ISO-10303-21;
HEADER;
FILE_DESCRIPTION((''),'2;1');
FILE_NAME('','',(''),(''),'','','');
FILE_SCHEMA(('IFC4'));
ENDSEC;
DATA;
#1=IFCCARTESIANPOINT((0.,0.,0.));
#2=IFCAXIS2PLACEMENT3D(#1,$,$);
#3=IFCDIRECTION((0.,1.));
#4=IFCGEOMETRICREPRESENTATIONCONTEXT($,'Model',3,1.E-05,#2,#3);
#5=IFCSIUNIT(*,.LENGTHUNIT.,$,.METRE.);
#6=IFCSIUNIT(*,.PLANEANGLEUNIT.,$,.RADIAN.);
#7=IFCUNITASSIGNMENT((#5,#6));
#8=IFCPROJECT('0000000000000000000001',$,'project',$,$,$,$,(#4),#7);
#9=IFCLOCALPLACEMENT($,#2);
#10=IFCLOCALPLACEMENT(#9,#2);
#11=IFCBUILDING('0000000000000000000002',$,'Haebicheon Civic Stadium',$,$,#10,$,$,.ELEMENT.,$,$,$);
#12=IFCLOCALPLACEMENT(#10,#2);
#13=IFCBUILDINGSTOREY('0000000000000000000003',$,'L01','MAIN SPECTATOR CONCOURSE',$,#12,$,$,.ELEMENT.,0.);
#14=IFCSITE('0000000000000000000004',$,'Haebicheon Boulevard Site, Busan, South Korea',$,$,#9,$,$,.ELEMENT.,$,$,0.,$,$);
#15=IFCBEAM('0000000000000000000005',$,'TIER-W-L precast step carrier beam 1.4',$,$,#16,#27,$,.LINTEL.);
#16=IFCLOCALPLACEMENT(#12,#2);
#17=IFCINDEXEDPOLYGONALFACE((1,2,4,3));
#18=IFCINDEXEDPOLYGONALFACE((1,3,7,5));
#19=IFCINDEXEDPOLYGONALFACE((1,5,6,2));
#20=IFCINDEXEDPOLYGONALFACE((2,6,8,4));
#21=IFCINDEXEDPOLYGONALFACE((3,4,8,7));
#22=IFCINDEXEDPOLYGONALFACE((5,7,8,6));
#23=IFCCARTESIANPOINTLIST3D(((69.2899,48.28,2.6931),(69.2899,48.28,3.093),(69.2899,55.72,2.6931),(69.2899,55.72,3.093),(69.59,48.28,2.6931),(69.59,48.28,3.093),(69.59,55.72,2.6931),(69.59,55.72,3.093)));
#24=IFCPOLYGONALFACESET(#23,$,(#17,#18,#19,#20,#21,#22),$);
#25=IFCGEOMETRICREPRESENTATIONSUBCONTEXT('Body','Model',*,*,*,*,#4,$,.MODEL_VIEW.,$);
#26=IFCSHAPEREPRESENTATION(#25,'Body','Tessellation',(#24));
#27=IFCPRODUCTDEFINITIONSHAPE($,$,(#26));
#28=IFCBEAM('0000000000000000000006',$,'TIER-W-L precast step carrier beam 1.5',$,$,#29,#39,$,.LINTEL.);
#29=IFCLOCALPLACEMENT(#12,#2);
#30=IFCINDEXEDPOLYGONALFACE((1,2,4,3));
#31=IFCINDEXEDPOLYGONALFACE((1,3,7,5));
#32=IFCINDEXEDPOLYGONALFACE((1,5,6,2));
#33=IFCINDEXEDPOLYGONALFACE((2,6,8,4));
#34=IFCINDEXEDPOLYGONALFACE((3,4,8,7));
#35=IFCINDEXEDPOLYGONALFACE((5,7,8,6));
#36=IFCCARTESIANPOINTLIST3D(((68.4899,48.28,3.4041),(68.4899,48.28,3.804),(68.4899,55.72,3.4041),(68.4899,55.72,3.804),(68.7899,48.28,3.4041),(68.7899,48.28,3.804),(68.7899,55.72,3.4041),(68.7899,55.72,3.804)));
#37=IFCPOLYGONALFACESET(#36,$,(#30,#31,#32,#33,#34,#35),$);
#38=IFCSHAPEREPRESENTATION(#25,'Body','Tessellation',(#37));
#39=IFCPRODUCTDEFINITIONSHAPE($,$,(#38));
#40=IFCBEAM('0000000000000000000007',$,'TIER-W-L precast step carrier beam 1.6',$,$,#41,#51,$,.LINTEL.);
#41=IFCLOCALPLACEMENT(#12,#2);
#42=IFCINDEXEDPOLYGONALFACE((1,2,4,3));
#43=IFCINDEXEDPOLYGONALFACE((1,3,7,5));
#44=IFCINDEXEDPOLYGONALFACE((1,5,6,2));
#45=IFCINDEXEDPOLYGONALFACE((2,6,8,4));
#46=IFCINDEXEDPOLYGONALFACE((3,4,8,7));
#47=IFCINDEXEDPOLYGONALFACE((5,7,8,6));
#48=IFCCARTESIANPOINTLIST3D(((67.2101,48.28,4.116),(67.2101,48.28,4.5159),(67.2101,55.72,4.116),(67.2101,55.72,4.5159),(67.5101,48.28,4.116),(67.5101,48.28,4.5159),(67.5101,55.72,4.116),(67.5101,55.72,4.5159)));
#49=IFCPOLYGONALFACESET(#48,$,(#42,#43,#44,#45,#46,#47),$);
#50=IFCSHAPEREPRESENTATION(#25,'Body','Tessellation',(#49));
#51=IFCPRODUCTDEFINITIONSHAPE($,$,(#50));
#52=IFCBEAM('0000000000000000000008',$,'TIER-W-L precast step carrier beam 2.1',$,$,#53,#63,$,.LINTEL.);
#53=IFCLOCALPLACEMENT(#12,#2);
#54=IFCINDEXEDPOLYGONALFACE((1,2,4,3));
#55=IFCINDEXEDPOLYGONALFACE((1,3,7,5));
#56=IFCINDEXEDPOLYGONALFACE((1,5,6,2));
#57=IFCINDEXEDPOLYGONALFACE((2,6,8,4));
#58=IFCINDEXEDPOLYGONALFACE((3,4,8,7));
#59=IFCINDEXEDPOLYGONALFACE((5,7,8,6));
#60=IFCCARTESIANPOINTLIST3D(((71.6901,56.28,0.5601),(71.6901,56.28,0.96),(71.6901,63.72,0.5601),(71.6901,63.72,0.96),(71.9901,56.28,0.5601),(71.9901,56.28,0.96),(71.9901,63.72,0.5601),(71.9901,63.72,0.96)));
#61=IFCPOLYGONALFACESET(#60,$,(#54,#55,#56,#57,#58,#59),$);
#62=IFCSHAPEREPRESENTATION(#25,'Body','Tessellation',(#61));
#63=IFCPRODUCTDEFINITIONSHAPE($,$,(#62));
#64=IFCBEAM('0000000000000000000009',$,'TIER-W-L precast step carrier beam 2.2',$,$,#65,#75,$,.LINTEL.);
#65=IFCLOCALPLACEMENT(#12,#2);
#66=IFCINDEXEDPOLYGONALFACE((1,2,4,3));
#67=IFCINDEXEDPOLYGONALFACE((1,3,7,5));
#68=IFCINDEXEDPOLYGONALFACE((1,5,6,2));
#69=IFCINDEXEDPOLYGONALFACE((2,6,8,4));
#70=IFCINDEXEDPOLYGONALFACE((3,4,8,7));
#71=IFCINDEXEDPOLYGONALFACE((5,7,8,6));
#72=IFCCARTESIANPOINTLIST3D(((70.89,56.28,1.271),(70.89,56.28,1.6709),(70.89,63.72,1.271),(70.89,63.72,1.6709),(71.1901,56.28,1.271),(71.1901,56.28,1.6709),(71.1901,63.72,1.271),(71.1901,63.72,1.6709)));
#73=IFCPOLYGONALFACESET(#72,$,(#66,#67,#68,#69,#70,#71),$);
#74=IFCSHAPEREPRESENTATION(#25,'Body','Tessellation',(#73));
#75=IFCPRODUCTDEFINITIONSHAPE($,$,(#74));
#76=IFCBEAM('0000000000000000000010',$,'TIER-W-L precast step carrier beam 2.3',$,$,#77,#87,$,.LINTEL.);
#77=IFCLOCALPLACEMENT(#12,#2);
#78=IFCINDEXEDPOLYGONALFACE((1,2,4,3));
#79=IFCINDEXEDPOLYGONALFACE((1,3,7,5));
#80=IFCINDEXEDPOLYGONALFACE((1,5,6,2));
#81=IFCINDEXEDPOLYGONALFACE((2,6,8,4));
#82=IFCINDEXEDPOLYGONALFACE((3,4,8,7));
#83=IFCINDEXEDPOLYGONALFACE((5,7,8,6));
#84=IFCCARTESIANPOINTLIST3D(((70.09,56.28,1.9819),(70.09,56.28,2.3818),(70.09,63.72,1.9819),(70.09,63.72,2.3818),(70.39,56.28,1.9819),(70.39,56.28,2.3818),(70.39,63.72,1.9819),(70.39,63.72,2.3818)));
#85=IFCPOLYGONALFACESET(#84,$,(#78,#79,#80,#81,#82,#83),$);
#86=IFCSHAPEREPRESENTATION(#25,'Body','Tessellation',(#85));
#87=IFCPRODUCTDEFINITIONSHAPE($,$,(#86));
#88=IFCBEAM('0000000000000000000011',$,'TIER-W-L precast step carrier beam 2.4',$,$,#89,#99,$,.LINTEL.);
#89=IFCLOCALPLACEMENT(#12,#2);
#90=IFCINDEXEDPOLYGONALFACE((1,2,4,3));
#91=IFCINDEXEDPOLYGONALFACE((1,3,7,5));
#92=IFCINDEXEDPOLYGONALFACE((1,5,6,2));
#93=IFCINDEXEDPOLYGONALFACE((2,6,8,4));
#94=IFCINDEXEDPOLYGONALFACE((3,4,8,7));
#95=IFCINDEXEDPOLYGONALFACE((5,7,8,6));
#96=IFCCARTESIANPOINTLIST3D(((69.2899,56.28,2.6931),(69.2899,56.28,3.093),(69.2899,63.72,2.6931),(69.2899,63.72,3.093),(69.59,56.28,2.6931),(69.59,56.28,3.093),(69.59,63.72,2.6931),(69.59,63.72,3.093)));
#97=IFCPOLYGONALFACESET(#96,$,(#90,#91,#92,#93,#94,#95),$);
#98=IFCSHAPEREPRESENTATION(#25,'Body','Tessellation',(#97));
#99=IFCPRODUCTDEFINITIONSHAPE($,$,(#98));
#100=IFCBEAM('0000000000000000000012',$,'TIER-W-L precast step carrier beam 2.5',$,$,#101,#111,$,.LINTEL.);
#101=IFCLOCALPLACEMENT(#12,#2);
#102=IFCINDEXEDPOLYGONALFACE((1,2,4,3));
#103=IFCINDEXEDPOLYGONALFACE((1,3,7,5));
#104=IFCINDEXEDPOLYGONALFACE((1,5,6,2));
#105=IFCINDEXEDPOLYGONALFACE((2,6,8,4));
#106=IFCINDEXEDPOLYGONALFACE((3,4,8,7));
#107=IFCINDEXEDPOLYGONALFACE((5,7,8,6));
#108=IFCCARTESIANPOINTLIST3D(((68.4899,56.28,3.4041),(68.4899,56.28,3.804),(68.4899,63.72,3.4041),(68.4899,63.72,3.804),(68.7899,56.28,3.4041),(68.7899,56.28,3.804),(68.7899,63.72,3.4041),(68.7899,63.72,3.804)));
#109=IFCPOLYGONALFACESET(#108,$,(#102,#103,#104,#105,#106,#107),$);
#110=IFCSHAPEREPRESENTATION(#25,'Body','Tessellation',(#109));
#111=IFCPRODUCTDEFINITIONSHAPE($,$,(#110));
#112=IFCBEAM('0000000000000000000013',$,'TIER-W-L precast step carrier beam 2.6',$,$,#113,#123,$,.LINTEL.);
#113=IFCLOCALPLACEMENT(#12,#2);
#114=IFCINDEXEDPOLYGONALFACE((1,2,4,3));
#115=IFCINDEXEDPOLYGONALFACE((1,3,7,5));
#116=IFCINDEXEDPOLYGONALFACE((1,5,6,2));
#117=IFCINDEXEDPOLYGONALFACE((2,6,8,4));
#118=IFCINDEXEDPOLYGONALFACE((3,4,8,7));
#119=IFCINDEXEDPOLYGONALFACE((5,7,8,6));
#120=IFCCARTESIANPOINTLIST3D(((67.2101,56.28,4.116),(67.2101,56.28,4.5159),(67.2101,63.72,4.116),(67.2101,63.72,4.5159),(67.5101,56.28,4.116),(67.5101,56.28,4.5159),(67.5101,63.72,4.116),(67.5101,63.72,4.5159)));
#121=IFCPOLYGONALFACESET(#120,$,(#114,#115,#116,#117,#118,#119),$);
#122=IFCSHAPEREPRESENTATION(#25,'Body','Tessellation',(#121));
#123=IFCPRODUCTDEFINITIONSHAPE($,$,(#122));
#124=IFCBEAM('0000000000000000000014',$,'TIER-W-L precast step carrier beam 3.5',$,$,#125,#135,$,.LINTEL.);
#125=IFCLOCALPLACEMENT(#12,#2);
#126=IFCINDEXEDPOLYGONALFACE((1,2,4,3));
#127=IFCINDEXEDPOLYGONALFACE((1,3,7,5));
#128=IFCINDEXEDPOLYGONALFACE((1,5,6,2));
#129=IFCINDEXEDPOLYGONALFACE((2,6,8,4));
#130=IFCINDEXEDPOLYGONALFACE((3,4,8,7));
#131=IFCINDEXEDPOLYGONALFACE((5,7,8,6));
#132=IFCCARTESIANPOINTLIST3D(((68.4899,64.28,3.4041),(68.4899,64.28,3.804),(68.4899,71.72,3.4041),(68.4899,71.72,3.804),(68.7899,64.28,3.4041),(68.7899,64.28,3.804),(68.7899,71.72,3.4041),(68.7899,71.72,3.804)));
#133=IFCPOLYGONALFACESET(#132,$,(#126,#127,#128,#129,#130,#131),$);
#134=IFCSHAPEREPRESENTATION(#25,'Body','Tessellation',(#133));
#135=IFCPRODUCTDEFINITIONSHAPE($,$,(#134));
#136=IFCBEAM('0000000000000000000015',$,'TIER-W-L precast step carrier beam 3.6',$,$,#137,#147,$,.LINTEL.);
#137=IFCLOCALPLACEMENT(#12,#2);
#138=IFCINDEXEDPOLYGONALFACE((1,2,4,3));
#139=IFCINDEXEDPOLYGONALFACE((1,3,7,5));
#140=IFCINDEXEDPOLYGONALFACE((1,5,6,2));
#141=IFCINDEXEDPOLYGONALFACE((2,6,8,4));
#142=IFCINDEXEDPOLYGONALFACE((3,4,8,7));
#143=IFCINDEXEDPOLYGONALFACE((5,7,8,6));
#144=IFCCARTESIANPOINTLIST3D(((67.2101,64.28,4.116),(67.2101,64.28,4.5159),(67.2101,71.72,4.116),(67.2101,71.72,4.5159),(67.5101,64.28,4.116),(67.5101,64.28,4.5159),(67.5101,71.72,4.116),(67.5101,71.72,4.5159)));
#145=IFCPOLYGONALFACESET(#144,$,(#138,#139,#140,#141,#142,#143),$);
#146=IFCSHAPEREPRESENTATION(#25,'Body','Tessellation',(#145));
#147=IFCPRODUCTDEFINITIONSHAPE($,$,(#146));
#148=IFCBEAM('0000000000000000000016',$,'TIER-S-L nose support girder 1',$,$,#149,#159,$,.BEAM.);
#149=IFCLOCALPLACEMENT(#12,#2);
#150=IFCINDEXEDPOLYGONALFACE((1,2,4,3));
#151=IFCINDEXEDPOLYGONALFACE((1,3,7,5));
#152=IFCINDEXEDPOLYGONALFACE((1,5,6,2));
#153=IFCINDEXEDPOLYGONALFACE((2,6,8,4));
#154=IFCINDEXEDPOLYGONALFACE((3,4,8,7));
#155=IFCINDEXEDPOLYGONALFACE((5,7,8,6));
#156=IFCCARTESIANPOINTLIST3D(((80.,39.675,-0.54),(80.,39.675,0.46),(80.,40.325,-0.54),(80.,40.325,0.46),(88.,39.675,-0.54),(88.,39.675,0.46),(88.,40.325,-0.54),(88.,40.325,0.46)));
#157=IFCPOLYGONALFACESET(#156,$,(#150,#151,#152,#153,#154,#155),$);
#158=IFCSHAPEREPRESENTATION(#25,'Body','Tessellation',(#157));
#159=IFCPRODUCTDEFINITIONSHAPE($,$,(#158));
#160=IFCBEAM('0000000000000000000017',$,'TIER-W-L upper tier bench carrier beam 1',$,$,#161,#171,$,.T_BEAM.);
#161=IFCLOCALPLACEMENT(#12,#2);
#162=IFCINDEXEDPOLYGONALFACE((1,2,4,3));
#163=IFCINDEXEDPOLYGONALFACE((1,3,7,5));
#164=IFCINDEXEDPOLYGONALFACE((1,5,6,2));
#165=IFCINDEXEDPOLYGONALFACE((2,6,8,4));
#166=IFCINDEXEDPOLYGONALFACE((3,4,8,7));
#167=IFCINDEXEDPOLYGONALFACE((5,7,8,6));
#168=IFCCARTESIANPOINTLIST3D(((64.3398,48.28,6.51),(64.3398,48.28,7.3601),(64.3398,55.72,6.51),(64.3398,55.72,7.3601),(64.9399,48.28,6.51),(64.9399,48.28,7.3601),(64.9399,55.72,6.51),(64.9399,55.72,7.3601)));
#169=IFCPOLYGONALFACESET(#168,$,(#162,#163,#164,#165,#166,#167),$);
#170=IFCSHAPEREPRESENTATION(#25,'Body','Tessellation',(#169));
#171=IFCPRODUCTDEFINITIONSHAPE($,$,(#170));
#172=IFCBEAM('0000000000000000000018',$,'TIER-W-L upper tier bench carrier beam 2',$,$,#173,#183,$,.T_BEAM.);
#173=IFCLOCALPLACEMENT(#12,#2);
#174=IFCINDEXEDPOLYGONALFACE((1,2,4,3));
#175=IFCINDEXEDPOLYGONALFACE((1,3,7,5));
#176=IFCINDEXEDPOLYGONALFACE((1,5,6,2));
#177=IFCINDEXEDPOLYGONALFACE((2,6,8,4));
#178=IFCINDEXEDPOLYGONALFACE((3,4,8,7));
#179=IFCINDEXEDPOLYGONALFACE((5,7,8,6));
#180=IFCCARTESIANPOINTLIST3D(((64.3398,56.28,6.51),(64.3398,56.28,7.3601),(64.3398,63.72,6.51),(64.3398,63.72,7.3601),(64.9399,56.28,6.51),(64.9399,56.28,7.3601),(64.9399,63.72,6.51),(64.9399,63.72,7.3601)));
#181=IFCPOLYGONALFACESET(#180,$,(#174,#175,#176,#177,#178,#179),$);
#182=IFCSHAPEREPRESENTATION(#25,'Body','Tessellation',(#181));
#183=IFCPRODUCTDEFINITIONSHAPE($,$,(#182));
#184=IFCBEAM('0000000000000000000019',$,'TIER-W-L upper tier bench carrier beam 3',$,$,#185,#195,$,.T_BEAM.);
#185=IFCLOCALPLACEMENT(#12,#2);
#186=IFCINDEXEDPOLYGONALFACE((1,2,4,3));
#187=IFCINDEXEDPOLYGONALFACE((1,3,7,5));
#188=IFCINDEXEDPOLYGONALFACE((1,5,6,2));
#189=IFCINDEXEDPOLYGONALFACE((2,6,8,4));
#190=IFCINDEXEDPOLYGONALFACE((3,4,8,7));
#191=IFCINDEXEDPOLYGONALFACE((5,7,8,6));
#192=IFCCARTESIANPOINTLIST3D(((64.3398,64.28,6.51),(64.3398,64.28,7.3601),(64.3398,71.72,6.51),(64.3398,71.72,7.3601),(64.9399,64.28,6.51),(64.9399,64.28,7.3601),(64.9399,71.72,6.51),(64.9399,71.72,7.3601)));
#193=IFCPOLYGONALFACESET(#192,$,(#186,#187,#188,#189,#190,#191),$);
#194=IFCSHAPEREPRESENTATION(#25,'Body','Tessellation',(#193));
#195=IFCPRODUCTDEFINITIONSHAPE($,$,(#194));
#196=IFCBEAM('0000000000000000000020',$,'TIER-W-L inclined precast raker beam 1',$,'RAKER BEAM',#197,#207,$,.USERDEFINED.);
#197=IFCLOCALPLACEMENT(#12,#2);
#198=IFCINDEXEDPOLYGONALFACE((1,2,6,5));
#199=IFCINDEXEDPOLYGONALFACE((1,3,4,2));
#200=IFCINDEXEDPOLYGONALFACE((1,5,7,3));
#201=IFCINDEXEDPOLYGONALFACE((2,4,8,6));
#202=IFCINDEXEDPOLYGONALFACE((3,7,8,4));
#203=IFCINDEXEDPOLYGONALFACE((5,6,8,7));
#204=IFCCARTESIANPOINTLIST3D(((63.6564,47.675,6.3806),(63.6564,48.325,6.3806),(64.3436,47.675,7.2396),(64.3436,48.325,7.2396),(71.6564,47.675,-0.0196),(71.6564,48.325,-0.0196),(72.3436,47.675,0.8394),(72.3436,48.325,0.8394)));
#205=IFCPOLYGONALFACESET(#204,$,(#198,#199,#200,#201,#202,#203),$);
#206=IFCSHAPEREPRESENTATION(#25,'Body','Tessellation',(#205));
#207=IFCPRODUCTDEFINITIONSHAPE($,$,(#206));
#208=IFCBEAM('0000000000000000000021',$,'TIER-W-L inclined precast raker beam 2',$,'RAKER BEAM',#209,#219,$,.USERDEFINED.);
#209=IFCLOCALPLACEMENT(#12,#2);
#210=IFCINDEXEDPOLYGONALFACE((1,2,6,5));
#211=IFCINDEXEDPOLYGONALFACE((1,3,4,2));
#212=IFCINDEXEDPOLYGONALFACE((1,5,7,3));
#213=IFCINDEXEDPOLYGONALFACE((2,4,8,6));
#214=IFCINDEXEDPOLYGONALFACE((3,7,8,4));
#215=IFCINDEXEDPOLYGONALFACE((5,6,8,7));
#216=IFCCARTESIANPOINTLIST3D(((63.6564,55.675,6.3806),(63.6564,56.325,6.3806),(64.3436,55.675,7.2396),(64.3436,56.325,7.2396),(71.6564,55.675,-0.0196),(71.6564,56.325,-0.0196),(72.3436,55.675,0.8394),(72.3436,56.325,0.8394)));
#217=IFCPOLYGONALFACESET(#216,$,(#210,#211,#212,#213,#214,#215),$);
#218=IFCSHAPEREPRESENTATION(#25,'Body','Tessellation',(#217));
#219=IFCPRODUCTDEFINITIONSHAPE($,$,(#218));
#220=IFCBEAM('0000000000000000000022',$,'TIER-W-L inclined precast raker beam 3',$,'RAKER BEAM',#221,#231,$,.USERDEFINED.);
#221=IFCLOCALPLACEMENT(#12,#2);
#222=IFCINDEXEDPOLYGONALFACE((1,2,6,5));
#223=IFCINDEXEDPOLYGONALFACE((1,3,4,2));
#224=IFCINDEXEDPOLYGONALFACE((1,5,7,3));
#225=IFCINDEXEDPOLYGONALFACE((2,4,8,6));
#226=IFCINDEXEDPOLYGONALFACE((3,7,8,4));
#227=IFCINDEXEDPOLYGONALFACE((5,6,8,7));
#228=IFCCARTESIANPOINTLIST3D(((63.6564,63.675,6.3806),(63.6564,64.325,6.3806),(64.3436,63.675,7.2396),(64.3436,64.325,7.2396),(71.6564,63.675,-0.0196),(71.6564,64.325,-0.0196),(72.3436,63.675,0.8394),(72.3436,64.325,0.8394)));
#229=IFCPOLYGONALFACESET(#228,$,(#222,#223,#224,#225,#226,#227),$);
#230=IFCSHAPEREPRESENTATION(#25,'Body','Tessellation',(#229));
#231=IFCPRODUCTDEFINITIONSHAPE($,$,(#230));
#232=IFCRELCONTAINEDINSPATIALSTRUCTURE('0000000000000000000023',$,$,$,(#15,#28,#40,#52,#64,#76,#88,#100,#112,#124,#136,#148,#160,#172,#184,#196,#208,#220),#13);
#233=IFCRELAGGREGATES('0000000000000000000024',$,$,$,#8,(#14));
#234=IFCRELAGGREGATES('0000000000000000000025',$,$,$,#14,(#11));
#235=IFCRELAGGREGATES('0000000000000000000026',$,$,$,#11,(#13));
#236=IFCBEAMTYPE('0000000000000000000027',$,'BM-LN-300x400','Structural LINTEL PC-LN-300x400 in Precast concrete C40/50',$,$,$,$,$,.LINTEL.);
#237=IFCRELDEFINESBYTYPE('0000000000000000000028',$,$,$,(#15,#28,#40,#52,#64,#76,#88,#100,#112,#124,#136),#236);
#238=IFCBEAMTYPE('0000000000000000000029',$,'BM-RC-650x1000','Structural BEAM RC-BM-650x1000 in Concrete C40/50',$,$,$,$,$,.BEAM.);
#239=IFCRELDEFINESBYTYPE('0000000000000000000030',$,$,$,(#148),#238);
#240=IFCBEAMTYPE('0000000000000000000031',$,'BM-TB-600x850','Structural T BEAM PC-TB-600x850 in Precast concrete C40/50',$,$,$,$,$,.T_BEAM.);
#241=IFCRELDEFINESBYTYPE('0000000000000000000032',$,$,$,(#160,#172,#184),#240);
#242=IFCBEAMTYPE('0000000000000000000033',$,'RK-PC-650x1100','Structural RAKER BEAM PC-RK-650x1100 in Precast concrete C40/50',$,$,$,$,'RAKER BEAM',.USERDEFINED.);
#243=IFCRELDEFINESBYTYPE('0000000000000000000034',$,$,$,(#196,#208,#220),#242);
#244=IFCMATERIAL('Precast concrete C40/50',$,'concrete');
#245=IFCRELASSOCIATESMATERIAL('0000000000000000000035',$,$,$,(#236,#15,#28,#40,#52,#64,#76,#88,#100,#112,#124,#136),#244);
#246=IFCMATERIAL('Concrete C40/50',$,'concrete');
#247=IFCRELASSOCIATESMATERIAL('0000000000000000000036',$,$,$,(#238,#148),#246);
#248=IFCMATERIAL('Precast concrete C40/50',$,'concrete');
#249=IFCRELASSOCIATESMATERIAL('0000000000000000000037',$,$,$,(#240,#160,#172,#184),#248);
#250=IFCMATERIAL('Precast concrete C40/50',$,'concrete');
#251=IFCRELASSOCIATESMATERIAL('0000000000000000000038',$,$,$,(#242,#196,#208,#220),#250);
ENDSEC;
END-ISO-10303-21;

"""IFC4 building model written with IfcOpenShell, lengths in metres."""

from ifc_helpers import new_model, si_unit, direction, frame, origin, origin_2d, place, context, subcontext, project, spatial, rectangle, extrude, material, material_profile, profile_set, type_object, element, save


model = new_model("IFC4")

# Units and contexts
model_context = context("Model", 3, precision=1e-05, world=origin(), true_north=direction((0.0, 1.0)))
body_context = subcontext(model_context, "Body", "Model", "MODEL_VIEW")
ifc_project = project(units=[si_unit("LENGTHUNIT", "METRE"), si_unit("PLANEANGLEUNIT", "RADIAN")], contexts=[model_context])

# Site, building, storey
site_placement = place(None, origin())
site = spatial("IfcSite", under=ifc_project, at=site_placement, Name="Haebicheon Boulevard Site, Busan, South Korea", CompositionType="ELEMENT", RefElevation=0.0)
building_placement = place(site_placement, origin())
building = spatial("IfcBuilding", under=site, at=building_placement, Name="Haebicheon Civic Stadium", CompositionType="ELEMENT")
storey_placement = place(building_placement, origin())
storey = spatial("IfcBuildingStorey", under=building, at=storey_placement, Name="L01", Description="MAIN SPECTATOR CONCOURSE", CompositionType="ELEMENT", Elevation=0.0)

# Beams
ifc_material_1 = material(Name="Precast concrete C40/50", Category="concrete")
ifc_material_profile_1 = material_profile(ifc_material_1, rectangle(XDim=0.3, YDim=0.3999, at=origin_2d()), Name="PC-LN-300x400")
ifc_profile_set_1 = profile_set([ifc_material_profile_1], Name="Precast concrete C40/50")
beam_type_1 = type_object("IfcBeamType", Name="BM-LN-300x400", Description="Structural LINTEL PC-LN-300x400 in Precast concrete C40/50", PredefinedType="LINTEL", material=ifc_profile_set_1)
for number, where, z_axis, x_axis, name in (
    (1, (69.4399, 48.28, 2.8931), (0.0, 1.0, 0.0), (-1.0, 0.0, 0.0), "TIER-W-L precast step carrier beam 1.4"),
    (2, (68.6399, 48.28, 3.604), (0.0, 1.0, 0.0), (-1.0, 0.0, 0.0), "TIER-W-L precast step carrier beam 1.5"),
    (3, (67.3601, 48.28, 4.3159), (0.0, 1.0, 0.0), (-1.0, 0.0, 0.0), "TIER-W-L precast step carrier beam 1.6"),
    (4, (71.8401, 56.28, 0.76), (0.0, 1.0, 0.0), (-1.0, 0.0, 0.0), "TIER-W-L precast step carrier beam 2.1"),
    (5, (71.04, 56.28, 1.4709), (0.0, 1.0, 0.0), (-1.0, 0.0, 0.0), "TIER-W-L precast step carrier beam 2.2"),
    (6, (70.24, 56.28, 2.1819), (0.0, 1.0, 0.0), (-1.0, 0.0, 0.0), "TIER-W-L precast step carrier beam 2.3"),
    (7, (69.4399, 56.28, 2.8931), (0.0, 1.0, 0.0), (-1.0, 0.0, 0.0), "TIER-W-L precast step carrier beam 2.4"),
    (8, (68.6399, 56.28, 3.604), (0.0, 1.0, 0.0), (-1.0, 0.0, 0.0), "TIER-W-L precast step carrier beam 2.5"),
    (9, (67.3601, 56.28, 4.3159), (0.0, 1.0, 0.0), (-1.0, 0.0, 0.0), "TIER-W-L precast step carrier beam 2.6"),
    (10, (68.6399, 64.28, 3.604), (0.0, 1.0, 0.0), (-1.0, 0.0, 0.0), "TIER-W-L precast step carrier beam 3.5"),
    (11, (67.3601, 64.28, 4.3159), (0.0, 1.0, 0.0), (-1.0, 0.0, 0.0), "TIER-W-L precast step carrier beam 3.6"),
):
    element("IfcBeam", number, at=place(storey_placement, frame(where, z_axis=z_axis, x_axis=x_axis)), inside=storey, type_object=beam_type_1, material=ifc_profile_set_1, Name=name, PredefinedType="LINTEL", context=body_context, shape_type="SweptSolid", body=[
        extrude(rectangle(XDim=0.3, YDim=0.3999, at=origin_2d()), origin(), (0.0, 0.0, 1.0), 7.4399),
    ])
ifc_material_2 = material(Name="Concrete C40/50", Category="concrete")
ifc_material_profile_2 = material_profile(ifc_material_2, rectangle(XDim=0.6499, YDim=1.0, at=origin_2d()), Name="RC-BM-650x1000")
ifc_profile_set_2 = profile_set([ifc_material_profile_2], Name="Concrete C40/50")
beam_type_2 = type_object("IfcBeamType", Name="BM-RC-650x1000", Description="Structural BEAM RC-BM-650x1000 in Concrete C40/50", PredefinedType="BEAM", material=ifc_profile_set_2)
beam_1_placement = place(storey_placement, frame((80.0, 40.0, -0.04), z_axis=(1.0, 0.0, 0.0), x_axis=(0.0, 1.0, 0.0)))
element("IfcBeam", 12, at=beam_1_placement, inside=storey, type_object=beam_type_2, material=ifc_profile_set_2, Name="TIER-S-L nose support girder 1", PredefinedType="BEAM", context=body_context, shape_type="SweptSolid", body=[
    extrude(rectangle(XDim=0.6499, YDim=1.0, at=origin_2d()), origin(), (0.0, 0.0, 1.0), 8.0),
])
ifc_material_3 = material(Name="Precast concrete C40/50", Category="concrete")
ifc_material_profile_3 = material_profile(ifc_material_3, rectangle(XDim=0.6001, YDim=0.8501, at=origin_2d()), Name="PC-TB-600x850")
ifc_profile_set_3 = profile_set([ifc_material_profile_3], Name="Precast concrete C40/50")
beam_type_3 = type_object("IfcBeamType", Name="BM-TB-600x850", Description="Structural T BEAM PC-TB-600x850 in Precast concrete C40/50", PredefinedType="T_BEAM", material=ifc_profile_set_3)
for number, where, z_axis, x_axis, name in (
    (13, (64.6399, 48.28, 6.9351), (0.0, 1.0, 0.0), (-1.0, 0.0, 0.0), "TIER-W-L upper tier bench carrier beam 1"),
    (14, (64.6399, 56.28, 6.9351), (0.0, 1.0, 0.0), (-1.0, 0.0, 0.0), "TIER-W-L upper tier bench carrier beam 2"),
    (15, (64.6399, 64.28, 6.9351), (0.0, 1.0, 0.0), (-1.0, 0.0, 0.0), "TIER-W-L upper tier bench carrier beam 3"),
):
    element("IfcBeam", number, at=place(storey_placement, frame(where, z_axis=z_axis, x_axis=x_axis)), inside=storey, type_object=beam_type_3, material=ifc_profile_set_3, Name=name, PredefinedType="T_BEAM", context=body_context, shape_type="SweptSolid", body=[
        extrude(rectangle(XDim=0.6001, YDim=0.8501, at=origin_2d()), origin(), (0.0, 0.0, 1.0), 7.4399),
    ])
ifc_material_4 = material(Name="Precast concrete C40/50", Category="concrete")
ifc_material_profile_4 = material_profile(ifc_material_4, rectangle(XDim=0.6499, YDim=1.1001, at=origin_2d()), Name="PC-RK-650x1100")
ifc_profile_set_4 = profile_set([ifc_material_profile_4], Name="Precast concrete C40/50")
beam_type_4 = type_object("IfcBeamType", Name="RK-PC-650x1100", Description="Structural RAKER BEAM PC-RK-650x1100 in Precast concrete C40/50", ElementType="RAKER BEAM", PredefinedType="USERDEFINED", material=ifc_profile_set_4)
for number, where, z_axis, x_axis, name in (
    (16, (72.0, 48.0, 0.4099), (-0.780862, 0.0, 0.624704), (0.0, -1.0, 0.0), "TIER-W-L inclined precast raker beam 1"),
    (17, (72.0, 56.0, 0.4099), (-0.780862, 0.0, 0.624704), (0.0, -1.0, 0.0), "TIER-W-L inclined precast raker beam 2"),
    (18, (72.0, 64.0, 0.4099), (-0.780862, 0.0, 0.624704), (0.0, -1.0, 0.0), "TIER-W-L inclined precast raker beam 3"),
):
    element("IfcBeam", number, at=place(storey_placement, frame(where, z_axis=z_axis, x_axis=x_axis)), inside=storey, type_object=beam_type_4, material=ifc_profile_set_4, Name=name, ObjectType="RAKER BEAM", PredefinedType="USERDEFINED", context=body_context, shape_type="SweptSolid", body=[
        extrude(rectangle(XDim=0.6499, YDim=1.1001, at=origin_2d()), origin(), (0.0, 0.0, 1.0), 10.2451),
    ])

save(model, "model.ifc")
